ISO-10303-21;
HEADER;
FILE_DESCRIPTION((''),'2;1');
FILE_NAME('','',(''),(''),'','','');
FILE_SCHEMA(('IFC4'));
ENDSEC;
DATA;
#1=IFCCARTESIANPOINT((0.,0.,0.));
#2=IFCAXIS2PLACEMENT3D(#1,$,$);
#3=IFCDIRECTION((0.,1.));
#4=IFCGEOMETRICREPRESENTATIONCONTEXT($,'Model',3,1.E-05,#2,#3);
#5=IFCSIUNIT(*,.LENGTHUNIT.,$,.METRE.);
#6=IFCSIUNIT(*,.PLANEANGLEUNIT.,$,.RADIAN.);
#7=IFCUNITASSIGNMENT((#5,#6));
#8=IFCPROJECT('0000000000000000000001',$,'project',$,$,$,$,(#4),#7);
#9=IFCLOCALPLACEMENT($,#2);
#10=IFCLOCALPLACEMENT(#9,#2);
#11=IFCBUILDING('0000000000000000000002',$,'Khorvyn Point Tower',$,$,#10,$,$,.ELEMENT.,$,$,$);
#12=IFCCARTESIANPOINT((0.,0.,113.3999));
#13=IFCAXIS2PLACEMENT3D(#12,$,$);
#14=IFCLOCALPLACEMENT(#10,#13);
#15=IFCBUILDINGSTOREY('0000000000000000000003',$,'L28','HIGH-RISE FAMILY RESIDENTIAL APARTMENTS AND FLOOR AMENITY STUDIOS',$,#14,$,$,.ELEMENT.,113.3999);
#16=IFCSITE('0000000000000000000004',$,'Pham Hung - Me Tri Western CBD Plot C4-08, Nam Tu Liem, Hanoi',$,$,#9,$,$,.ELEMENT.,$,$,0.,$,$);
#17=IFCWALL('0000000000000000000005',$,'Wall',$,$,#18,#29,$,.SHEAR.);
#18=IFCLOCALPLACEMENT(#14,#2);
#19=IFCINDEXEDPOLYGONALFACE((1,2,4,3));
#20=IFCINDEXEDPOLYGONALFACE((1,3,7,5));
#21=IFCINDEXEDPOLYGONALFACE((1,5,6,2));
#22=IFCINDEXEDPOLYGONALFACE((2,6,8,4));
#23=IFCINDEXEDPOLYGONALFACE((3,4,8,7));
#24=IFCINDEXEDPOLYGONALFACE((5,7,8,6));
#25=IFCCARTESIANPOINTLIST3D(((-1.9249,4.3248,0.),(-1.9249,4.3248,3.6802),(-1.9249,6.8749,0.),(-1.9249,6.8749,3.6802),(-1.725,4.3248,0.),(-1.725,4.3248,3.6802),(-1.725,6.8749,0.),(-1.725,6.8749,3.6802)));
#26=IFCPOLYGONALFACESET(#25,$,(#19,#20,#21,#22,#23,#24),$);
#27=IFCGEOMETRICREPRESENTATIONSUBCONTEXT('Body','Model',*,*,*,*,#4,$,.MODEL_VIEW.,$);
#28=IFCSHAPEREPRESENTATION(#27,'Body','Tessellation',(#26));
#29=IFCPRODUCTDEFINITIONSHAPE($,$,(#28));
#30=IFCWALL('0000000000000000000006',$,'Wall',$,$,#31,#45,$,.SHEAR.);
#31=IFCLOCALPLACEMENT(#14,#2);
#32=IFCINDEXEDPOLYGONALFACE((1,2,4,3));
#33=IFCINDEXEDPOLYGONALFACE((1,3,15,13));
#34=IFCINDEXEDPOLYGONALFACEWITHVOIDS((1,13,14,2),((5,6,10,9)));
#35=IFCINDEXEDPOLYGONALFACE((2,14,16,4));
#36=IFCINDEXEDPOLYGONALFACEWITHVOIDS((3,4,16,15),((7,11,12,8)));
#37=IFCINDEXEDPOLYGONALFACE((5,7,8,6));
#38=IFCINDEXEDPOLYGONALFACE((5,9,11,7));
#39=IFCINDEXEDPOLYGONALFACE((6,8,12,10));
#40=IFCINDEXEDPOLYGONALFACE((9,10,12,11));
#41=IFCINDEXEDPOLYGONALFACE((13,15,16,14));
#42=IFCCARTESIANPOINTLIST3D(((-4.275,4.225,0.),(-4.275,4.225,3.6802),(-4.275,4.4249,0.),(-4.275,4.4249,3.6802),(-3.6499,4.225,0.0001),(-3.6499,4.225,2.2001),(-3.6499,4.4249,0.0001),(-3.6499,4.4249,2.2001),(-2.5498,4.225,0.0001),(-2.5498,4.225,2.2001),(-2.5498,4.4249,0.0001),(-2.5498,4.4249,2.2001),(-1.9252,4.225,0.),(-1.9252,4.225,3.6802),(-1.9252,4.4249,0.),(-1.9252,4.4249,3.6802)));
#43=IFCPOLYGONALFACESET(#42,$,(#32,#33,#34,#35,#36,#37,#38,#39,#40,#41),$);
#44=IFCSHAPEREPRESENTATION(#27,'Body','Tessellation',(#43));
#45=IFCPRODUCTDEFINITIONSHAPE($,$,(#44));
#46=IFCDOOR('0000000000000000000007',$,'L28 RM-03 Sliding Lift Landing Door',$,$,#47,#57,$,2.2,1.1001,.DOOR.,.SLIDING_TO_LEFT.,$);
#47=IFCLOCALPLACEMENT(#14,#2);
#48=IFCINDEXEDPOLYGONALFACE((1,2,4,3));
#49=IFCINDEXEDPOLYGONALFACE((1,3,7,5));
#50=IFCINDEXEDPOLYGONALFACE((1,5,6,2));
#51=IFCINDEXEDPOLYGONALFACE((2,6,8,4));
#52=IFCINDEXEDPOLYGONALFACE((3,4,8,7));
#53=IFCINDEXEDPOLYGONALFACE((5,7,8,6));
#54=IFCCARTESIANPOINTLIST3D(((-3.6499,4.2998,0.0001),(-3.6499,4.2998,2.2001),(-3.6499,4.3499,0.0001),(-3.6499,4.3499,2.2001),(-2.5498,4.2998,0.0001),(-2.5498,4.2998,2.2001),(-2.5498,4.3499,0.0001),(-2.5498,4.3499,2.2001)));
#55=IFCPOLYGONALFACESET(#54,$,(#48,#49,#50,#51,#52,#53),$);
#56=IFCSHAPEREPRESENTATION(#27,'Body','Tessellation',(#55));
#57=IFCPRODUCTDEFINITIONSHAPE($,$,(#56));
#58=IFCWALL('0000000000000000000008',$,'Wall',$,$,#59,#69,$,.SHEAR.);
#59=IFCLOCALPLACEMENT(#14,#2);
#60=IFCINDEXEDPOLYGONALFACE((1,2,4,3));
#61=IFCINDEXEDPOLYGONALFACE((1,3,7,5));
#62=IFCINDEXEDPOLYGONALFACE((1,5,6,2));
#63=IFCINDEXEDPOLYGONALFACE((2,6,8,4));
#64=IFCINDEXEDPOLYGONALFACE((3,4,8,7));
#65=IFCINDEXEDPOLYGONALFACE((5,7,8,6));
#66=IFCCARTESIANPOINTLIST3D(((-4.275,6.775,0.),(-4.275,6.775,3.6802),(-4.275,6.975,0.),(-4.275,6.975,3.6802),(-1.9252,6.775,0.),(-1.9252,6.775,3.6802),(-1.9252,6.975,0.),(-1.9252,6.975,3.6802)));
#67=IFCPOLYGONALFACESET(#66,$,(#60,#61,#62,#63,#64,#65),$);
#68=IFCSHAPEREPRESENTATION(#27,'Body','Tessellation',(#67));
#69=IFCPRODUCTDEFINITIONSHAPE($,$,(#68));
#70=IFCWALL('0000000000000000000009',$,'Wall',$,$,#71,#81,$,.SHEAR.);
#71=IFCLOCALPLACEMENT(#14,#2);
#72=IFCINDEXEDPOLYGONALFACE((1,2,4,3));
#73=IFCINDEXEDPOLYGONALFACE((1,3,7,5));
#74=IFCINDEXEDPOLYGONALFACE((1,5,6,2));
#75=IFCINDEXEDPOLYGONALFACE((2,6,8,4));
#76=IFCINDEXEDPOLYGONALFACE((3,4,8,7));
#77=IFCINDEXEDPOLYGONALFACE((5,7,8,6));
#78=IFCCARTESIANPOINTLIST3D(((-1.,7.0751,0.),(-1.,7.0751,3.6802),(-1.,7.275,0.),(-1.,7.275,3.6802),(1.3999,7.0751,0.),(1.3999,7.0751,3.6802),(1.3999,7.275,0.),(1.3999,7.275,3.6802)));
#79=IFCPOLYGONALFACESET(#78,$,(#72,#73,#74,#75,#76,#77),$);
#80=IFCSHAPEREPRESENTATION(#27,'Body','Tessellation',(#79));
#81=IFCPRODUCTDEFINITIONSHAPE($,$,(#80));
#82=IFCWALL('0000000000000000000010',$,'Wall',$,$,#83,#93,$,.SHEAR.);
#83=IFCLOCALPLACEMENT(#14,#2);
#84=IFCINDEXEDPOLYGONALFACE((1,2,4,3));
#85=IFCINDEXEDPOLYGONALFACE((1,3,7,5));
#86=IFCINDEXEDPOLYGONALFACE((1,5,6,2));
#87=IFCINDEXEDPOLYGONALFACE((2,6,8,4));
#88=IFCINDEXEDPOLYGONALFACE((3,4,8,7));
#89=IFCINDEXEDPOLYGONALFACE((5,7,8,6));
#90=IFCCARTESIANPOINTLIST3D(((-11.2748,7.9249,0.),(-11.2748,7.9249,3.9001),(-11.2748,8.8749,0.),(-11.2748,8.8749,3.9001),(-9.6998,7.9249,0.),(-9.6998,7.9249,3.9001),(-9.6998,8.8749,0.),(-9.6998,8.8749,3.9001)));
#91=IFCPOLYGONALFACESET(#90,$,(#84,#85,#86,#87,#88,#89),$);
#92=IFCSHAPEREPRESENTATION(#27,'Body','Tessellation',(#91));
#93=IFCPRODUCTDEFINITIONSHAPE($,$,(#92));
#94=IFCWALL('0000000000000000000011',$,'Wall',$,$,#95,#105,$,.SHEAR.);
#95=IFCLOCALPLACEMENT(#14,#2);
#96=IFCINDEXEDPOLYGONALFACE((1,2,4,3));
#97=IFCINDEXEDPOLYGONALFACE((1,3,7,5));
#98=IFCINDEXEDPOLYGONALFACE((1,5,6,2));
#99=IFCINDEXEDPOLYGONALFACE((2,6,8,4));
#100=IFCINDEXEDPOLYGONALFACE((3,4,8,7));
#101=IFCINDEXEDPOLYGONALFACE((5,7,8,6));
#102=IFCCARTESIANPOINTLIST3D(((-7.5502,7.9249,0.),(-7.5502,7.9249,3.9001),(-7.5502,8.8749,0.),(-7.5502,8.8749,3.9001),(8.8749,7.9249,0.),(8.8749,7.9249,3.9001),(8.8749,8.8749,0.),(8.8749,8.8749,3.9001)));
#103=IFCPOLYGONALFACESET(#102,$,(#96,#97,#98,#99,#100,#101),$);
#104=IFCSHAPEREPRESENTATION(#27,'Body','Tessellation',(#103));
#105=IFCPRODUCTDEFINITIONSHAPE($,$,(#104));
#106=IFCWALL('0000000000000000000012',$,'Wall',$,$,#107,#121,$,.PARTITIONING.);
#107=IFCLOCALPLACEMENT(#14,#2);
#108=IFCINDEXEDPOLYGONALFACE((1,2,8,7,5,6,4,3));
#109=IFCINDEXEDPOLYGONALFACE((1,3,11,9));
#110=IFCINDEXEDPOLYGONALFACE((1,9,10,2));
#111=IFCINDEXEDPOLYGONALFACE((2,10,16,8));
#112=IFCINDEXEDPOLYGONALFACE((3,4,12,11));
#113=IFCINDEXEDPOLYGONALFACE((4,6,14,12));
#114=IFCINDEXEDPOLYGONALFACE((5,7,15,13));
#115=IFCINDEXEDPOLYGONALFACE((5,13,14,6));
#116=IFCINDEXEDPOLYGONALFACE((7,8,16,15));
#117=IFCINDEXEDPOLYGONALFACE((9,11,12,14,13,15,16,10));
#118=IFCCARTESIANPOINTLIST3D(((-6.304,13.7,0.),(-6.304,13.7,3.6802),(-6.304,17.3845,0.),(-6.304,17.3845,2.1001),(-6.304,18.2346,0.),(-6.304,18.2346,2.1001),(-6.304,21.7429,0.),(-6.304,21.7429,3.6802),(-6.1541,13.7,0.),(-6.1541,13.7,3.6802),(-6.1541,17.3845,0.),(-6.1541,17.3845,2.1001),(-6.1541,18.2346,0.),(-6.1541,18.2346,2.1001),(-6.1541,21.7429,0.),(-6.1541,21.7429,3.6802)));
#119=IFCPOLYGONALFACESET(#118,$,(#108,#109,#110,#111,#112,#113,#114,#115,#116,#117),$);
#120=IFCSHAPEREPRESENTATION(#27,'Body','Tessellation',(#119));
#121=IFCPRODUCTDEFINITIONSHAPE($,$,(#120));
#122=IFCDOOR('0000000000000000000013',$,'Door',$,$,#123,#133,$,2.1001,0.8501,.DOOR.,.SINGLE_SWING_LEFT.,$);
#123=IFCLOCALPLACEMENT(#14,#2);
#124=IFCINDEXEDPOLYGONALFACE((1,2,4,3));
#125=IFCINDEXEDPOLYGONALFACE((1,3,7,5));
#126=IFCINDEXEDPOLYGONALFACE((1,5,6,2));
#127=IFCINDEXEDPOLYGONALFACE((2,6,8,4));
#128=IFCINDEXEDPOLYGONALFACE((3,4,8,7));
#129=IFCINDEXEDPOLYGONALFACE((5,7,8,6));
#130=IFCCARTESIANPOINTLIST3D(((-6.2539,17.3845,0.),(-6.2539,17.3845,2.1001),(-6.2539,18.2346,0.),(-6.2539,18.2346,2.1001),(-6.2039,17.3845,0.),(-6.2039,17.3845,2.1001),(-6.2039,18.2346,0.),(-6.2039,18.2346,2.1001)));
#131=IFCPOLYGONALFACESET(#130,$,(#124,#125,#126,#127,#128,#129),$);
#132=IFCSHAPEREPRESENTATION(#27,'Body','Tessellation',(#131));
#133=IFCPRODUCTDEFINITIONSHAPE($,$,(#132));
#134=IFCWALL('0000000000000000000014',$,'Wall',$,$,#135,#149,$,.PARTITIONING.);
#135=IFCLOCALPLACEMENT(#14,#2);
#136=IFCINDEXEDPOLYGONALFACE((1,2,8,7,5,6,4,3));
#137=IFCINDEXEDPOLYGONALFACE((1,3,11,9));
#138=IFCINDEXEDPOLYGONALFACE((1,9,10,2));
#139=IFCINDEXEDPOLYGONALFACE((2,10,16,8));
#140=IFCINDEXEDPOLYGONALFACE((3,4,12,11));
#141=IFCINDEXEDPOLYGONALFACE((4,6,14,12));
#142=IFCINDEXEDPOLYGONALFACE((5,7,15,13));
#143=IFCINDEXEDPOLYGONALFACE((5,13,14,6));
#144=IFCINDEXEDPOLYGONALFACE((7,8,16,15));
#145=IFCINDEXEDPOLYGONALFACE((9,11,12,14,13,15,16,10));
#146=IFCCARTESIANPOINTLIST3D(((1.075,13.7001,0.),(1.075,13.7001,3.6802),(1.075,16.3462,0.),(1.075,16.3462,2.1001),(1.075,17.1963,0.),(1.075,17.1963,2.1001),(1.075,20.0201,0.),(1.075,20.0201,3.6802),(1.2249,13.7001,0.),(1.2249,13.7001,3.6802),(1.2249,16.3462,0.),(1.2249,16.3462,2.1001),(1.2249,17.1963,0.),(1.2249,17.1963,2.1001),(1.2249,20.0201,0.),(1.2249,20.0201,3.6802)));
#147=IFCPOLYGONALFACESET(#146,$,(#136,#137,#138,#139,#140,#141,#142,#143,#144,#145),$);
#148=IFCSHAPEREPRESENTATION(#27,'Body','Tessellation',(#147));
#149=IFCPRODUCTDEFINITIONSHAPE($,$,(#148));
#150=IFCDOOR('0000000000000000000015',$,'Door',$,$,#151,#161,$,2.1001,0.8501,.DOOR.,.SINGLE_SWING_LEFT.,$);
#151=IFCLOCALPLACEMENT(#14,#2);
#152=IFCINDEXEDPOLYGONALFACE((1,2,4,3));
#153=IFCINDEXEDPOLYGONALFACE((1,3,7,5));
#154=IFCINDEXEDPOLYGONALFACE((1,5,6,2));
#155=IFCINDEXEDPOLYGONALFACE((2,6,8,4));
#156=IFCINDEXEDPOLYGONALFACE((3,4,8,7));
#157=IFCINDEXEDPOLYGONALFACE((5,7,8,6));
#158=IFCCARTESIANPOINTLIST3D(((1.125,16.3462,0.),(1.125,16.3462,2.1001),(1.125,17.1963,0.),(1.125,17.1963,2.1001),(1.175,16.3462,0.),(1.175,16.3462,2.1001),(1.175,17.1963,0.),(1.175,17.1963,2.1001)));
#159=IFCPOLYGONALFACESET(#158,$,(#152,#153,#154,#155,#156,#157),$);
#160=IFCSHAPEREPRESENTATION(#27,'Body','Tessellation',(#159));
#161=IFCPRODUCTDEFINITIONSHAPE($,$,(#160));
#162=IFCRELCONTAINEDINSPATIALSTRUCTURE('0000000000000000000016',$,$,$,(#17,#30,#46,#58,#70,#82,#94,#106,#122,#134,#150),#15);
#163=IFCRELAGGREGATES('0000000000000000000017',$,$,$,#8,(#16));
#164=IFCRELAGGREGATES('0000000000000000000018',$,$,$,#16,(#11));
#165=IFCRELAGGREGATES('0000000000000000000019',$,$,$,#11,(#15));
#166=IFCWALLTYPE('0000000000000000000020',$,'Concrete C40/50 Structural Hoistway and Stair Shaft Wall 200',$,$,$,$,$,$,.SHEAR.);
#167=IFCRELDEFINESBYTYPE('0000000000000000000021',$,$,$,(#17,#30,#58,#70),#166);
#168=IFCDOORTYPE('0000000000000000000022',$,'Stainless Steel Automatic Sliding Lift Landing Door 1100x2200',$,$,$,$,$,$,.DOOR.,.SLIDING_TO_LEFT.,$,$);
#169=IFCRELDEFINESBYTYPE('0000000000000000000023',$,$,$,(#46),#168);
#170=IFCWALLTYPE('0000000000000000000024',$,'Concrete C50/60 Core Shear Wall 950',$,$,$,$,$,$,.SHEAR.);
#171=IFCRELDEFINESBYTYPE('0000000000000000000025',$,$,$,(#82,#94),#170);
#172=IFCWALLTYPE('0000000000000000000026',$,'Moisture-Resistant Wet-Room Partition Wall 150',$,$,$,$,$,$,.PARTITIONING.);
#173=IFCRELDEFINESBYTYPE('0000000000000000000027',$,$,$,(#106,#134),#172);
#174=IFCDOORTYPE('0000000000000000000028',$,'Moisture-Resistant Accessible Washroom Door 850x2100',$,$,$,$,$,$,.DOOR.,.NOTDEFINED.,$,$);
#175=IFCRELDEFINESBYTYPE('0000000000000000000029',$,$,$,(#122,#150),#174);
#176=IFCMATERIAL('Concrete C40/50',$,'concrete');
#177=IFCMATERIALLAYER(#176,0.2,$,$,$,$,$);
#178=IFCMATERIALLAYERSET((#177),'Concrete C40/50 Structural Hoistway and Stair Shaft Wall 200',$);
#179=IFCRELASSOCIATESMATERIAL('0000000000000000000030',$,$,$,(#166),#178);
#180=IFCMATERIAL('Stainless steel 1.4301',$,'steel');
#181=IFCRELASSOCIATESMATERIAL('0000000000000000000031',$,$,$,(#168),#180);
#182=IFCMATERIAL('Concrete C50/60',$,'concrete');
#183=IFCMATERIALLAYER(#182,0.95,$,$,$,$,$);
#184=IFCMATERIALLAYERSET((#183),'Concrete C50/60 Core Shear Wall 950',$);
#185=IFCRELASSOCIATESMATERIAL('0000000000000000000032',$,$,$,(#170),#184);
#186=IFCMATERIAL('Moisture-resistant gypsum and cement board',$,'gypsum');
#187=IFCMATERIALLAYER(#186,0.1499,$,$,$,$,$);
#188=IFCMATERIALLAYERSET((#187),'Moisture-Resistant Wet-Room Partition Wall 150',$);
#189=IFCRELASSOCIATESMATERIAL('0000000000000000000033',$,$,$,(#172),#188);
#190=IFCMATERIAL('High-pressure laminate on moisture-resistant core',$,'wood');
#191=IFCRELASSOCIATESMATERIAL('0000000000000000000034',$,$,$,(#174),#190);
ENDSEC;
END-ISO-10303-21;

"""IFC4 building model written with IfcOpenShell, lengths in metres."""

from ifc_helpers import new_model, si_unit, direction, frame, frame_2d, origin, place, context, subcontext, project, spatial, rectangle, extrude, material, layer, layer_set, type_object, element, fill, save


model = new_model("IFC4")

# Units and contexts
model_context = context("Model", 3, precision=1e-05, world=origin(), true_north=direction((0.0, 1.0)))
body_context = subcontext(model_context, "Body", "Model", "MODEL_VIEW")
ifc_project = project(units=[si_unit("LENGTHUNIT", "METRE"), si_unit("PLANEANGLEUNIT", "RADIAN")], contexts=[model_context])

# Site, building, storey
site_placement = place(None, origin())
site = spatial("IfcSite", under=ifc_project, at=site_placement, Name="Pham Hung - Me Tri Western CBD Plot C4-08, Nam Tu Liem, Hanoi", CompositionType="ELEMENT", RefElevation=0.0)
building_placement = place(site_placement, origin())
building = spatial("IfcBuilding", under=site, at=building_placement, Name="Khorvyn Point Tower", CompositionType="ELEMENT")
storey_placement = place(building_placement, frame((0.0, 0.0, 113.3999)))
storey = spatial("IfcBuildingStorey", under=building, at=storey_placement, Name="L28", Description="HIGH-RISE FAMILY RESIDENTIAL APARTMENTS AND FLOOR AMENITY STUDIOS", CompositionType="ELEMENT", Elevation=113.3999)

# Shared definitions
ifc_material_1 = material(Name="Concrete C40/50", Category="concrete")

# Shared definitions
ifc_material_2 = material(Name="Concrete C50/60", Category="concrete")

# Wall
ifc_layer_1 = layer(ifc_material_1, 0.2)
ifc_layer_set_1 = layer_set([ifc_layer_1], Name="Concrete C40/50 Structural Hoistway and Stair Shaft Wall 200")
wall_type_1 = type_object("IfcWallType", Name="Concrete C40/50 Structural Hoistway and Stair Shaft Wall 200", PredefinedType="SHEAR", material=ifc_layer_set_1)
for number, where, z_axis, x_axis, name in (
    (1, (-1.825, 4.325, 0.0), (0.0, 0.0, 1.0), (0.0, 1.0, 0.0), "Wall"),
):
    element("IfcWall", number, at=place(storey_placement, frame(where, z_axis=z_axis, x_axis=x_axis)), inside=storey, type_object=wall_type_1, Name=name, PredefinedType="SHEAR", context=body_context, shape_type="SweptSolid", body=[
        extrude(rectangle(XDim=2.55, YDim=0.2, at=frame_2d((1.2749, 0.0))), origin(), (0.0, 0.0, 1.0), 3.6802),
    ])

# Wall, opening, door
wall_1_placement = place(storey_placement, frame((-4.2749, 4.325, 0.0), z_axis=(0.0, 0.0, 1.0), x_axis=(1.0, 0.0, 0.0)))
wall_1 = element("IfcWall", 2, at=wall_1_placement, inside=storey, type_object=wall_type_1, Name="Wall", PredefinedType="SHEAR", context=body_context, shape_type="SweptSolid", body=[
    extrude(rectangle(XDim=2.3499, YDim=0.2, at=frame_2d((1.1748, 0.0))), origin(), (0.0, 0.0, 1.0), 3.6802),
])
opening_1_placement = place(wall_1_placement, frame((0.625, 0.0, 0.0)))
opening_1 = element("IfcOpeningElement", 3, at=opening_1_placement, cuts=wall_1, PredefinedType="OPENING", context=body_context, shape_type="SweptSolid", body=[
    extrude(rectangle(XDim=1.1001, YDim=2.2, at=frame_2d((0.55, 1.1001))), frame((0.0, 0.1099, 0.0), z_axis=(0.0, -1.0, 0.0), x_axis=(1.0, 0.0, 0.0)), (0.0, 0.0, 1.0), 0.22),
])
ifc_material_3 = material(Name="Stainless steel 1.4301", Category="steel")
door_type_1 = type_object("IfcDoorType", Name="Stainless Steel Automatic Sliding Lift Landing Door 1100x2200", OperationType="SLIDING_TO_LEFT", PredefinedType="DOOR", material=ifc_material_3)
door_1_placement = place(opening_1_placement, origin())
door_1 = element("IfcDoor", 4, at=door_1_placement, inside=storey, type_object=door_type_1, Name="L28 RM-03 Sliding Lift Landing Door", OperationType="SLIDING_TO_LEFT", OverallHeight=2.2, OverallWidth=1.1001, PredefinedType="DOOR", context=body_context, shape_type="SweptSolid", body=[
    extrude(rectangle(XDim=1.1001, YDim=2.2, at=frame_2d((0.55, 1.1001))), frame((0.0, 0.0249, 0.0), z_axis=(0.0, -1.0, 0.0), x_axis=(1.0, 0.0, 0.0)), (0.0, 0.0, 1.0), 0.05),
])
fill(opening_1, door_1)

# Walls
wall_2_placement = place(storey_placement, frame((-4.2749, 6.875, 0.0), z_axis=(0.0, 0.0, 1.0), x_axis=(1.0, 0.0, 0.0)))
element("IfcWall", 5, at=wall_2_placement, inside=storey, type_object=wall_type_1, Name="Wall", PredefinedType="SHEAR", context=body_context, shape_type="SweptSolid", body=[
    extrude(rectangle(XDim=2.3499, YDim=0.2, at=frame_2d((1.1748, 0.0))), origin(), (0.0, 0.0, 1.0), 3.6802),
])
wall_3_placement = place(storey_placement, frame((-1.0, 7.175, 0.0), z_axis=(0.0, 0.0, 1.0), x_axis=(1.0, 0.0, 0.0)))
element("IfcWall", 6, at=wall_3_placement, inside=storey, type_object=wall_type_1, Name="Wall", PredefinedType="SHEAR", context=body_context, shape_type="SweptSolid", body=[
    extrude(rectangle(XDim=2.3999, YDim=0.2, at=frame_2d((1.2, 0.0))), origin(), (0.0, 0.0, 1.0), 3.6802),
])
ifc_layer_2 = layer(ifc_material_2, 0.95)
ifc_layer_set_2 = layer_set([ifc_layer_2], Name="Concrete C50/60 Core Shear Wall 950")
wall_type_2 = type_object("IfcWallType", Name="Concrete C50/60 Core Shear Wall 950", PredefinedType="SHEAR", material=ifc_layer_set_2)
wall_4_placement = place(storey_placement, frame((-11.2749, 8.3999, 0.0), z_axis=(0.0, 0.0, 1.0), x_axis=(1.0, 0.0, 0.0)))
element("IfcWall", 7, at=wall_4_placement, inside=storey, type_object=wall_type_2, Name="Wall", PredefinedType="SHEAR", context=body_context, shape_type="SweptSolid", body=[
    extrude(rectangle(XDim=1.575, YDim=0.95, at=frame_2d((0.7876, 0.0))), origin(), (0.0, 0.0, 1.0), 3.9001),
])
wall_5_placement = place(storey_placement, frame((-7.55, 8.3999, 0.0), z_axis=(0.0, 0.0, 1.0), x_axis=(1.0, 0.0, 0.0)))
element("IfcWall", 8, at=wall_5_placement, inside=storey, type_object=wall_type_2, Name="Wall", PredefinedType="SHEAR", context=body_context, shape_type="SweptSolid", body=[
    extrude(rectangle(XDim=16.425, YDim=0.95, at=frame_2d((8.2124, 0.0))), origin(), (0.0, 0.0, 1.0), 3.9001),
])

# Walls, openings, doors
ifc_material_4 = material(Name="Moisture-resistant gypsum and cement board", Category="gypsum")
ifc_layer_3 = layer(ifc_material_4, 0.1499)
ifc_layer_set_3 = layer_set([ifc_layer_3], Name="Moisture-Resistant Wet-Room Partition Wall 150")
wall_type_3 = type_object("IfcWallType", Name="Moisture-Resistant Wet-Room Partition Wall 150", PredefinedType="PARTITIONING", material=ifc_layer_set_3)
wall_6_placement = place(storey_placement, frame((-6.229, 13.7, 0.0), z_axis=(0.0, 0.0, 1.0), x_axis=(0.0, 1.0, 0.0)))
wall_6 = element("IfcWall", 9, at=wall_6_placement, inside=storey, type_object=wall_type_3, Name="Wall", PredefinedType="PARTITIONING", context=body_context, shape_type="SweptSolid", body=[
    extrude(rectangle(XDim=8.043, YDim=0.1499, at=frame_2d((4.0215, 0.0))), origin(), (0.0, 0.0, 1.0), 3.6802),
])
opening_2_placement = place(wall_6_placement, frame((3.6846, 0.0, 0.0)))
opening_2 = element("IfcOpeningElement", 10, at=opening_2_placement, cuts=wall_6, PredefinedType="OPENING", context=body_context, shape_type="SweptSolid", body=[
    extrude(rectangle(XDim=0.8501, YDim=2.1001, at=frame_2d((0.425, 1.05))), frame((0.0, 0.085, 0.0), z_axis=(0.0, -1.0, 0.0), x_axis=(1.0, 0.0, 0.0)), (0.0, 0.0, 1.0), 0.1699),
])
ifc_material_5 = material(Name="High-pressure laminate on moisture-resistant core", Category="wood")
door_type_2 = type_object("IfcDoorType", Name="Moisture-Resistant Accessible Washroom Door 850x2100", OperationType="NOTDEFINED", PredefinedType="DOOR", material=ifc_material_5)
door_2_placement = place(opening_2_placement, origin())
door_2 = element("IfcDoor", 11, at=door_2_placement, inside=storey, type_object=door_type_2, Name="Door", OperationType="SINGLE_SWING_LEFT", OverallHeight=2.1001, OverallWidth=0.8501, PredefinedType="DOOR", context=body_context, shape_type="SweptSolid", body=[
    extrude(rectangle(XDim=0.8501, YDim=2.1001, at=frame_2d((0.425, 1.05))), frame((0.0, 0.0249, 0.0), z_axis=(0.0, -1.0, 0.0), x_axis=(1.0, 0.0, 0.0)), (0.0, 0.0, 1.0), 0.05),
])
fill(opening_2, door_2)
wall_7_placement = place(storey_placement, frame((1.1499, 13.7, 0.0), z_axis=(0.0, 0.0, 1.0), x_axis=(0.0, 1.0, 0.0)))
wall_7 = element("IfcWall", 12, at=wall_7_placement, inside=storey, type_object=wall_type_3, Name="Wall", PredefinedType="PARTITIONING", context=body_context, shape_type="SweptSolid", body=[
    extrude(rectangle(XDim=6.3201, YDim=0.1499, at=frame_2d((3.1602, 0.0))), origin(), (0.0, 0.0, 1.0), 3.6802),
])
opening_3_placement = place(wall_7_placement, frame((2.6462, 0.0, 0.0)))
opening_3 = element("IfcOpeningElement", 13, at=opening_3_placement, cuts=wall_7, PredefinedType="OPENING", context=body_context, shape_type="SweptSolid", body=[
    extrude(rectangle(XDim=0.8501, YDim=2.1001, at=frame_2d((0.425, 1.05))), frame((0.0, 0.085, 0.0), z_axis=(0.0, -1.0, 0.0), x_axis=(1.0, 0.0, 0.0)), (0.0, 0.0, 1.0), 0.1699),
])
door_3_placement = place(opening_3_placement, origin())
door_3 = element("IfcDoor", 14, at=door_3_placement, inside=storey, type_object=door_type_2, Name="Door", OperationType="SINGLE_SWING_LEFT", OverallHeight=2.1001, OverallWidth=0.8501, PredefinedType="DOOR", context=body_context, shape_type="SweptSolid", body=[
    extrude(rectangle(XDim=0.8501, YDim=2.1001, at=frame_2d((0.425, 1.05))), frame((0.0, 0.0249, 0.0), z_axis=(0.0, -1.0, 0.0), x_axis=(1.0, 0.0, 0.0)), (0.0, 0.0, 1.0), 0.05),
])
fill(opening_3, door_3)

save(model, "model.ifc")
